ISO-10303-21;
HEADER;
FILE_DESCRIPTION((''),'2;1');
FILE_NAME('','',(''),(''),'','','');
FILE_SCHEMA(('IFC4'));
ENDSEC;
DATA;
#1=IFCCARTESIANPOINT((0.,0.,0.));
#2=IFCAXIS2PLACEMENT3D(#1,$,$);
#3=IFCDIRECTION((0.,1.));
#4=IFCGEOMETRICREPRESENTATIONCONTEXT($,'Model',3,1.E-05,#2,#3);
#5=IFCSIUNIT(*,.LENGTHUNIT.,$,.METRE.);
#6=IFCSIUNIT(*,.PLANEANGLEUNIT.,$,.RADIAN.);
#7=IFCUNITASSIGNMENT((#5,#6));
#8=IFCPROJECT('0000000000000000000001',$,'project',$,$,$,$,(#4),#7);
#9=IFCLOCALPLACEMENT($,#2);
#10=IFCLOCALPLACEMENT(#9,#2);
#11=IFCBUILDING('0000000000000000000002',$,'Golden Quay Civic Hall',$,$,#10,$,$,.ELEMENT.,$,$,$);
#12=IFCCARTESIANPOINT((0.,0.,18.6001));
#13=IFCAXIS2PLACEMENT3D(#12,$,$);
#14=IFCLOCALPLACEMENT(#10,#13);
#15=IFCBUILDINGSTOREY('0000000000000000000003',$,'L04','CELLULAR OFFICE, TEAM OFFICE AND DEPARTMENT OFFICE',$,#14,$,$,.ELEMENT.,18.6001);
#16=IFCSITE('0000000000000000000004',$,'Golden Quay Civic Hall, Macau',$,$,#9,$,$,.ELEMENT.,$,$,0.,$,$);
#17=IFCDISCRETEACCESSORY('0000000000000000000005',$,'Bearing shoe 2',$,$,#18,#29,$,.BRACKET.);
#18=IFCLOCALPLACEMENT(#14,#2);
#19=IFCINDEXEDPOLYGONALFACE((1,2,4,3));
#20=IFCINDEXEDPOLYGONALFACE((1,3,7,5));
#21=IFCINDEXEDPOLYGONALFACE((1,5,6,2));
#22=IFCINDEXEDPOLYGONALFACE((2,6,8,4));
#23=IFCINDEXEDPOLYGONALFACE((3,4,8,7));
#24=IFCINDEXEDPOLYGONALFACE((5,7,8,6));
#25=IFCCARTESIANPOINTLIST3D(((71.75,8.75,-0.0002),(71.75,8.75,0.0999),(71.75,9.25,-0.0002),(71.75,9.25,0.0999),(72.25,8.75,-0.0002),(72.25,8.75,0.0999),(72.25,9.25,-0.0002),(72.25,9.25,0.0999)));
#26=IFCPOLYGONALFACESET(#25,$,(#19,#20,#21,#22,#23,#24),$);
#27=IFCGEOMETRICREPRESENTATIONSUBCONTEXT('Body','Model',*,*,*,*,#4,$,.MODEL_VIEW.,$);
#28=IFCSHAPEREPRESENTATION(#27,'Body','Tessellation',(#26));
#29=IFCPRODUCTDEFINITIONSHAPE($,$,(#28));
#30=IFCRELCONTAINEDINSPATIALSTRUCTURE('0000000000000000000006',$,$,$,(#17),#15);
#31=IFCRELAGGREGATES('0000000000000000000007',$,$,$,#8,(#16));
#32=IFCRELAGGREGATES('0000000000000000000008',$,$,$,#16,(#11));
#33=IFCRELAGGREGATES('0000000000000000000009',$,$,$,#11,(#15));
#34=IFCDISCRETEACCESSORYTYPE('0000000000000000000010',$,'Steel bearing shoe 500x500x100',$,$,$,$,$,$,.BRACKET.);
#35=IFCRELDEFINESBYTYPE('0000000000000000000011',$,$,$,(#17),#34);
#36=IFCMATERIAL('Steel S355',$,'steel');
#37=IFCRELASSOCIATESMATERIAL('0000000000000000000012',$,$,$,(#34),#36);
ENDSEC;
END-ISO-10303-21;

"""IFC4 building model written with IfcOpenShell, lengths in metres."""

from ifc_helpers import new_model, si_unit, direction, frame, origin, origin_2d, place, context, subcontext, project, spatial, rectangle, extrude, material, type_object, element, save


model = new_model("IFC4")

# Units and contexts
model_context = context("Model", 3, precision=1e-05, world=origin(), true_north=direction((0.0, 1.0)))
body_context = subcontext(model_context, "Body", "Model", "MODEL_VIEW")
ifc_project = project(units=[si_unit("LENGTHUNIT", "METRE"), si_unit("PLANEANGLEUNIT", "RADIAN")], contexts=[model_context])

# Site, building, storey
site_placement = place(None, origin())
site = spatial("IfcSite", under=ifc_project, at=site_placement, Name="Golden Quay Civic Hall, Macau", CompositionType="ELEMENT", RefElevation=0.0)
building_placement = place(site_placement, origin())
building = spatial("IfcBuilding", under=site, at=building_placement, Name="Golden Quay Civic Hall", CompositionType="ELEMENT")
storey_placement = place(building_placement, frame((0.0, 0.0, 18.6001)))
storey = spatial("IfcBuildingStorey", under=building, at=storey_placement, Name="L04", Description="CELLULAR OFFICE, TEAM OFFICE AND DEPARTMENT OFFICE", CompositionType="ELEMENT", Elevation=18.6001)

# Discrete accessory
ifc_material_1 = material(Name="Steel S355", Category="steel")
discrete_accessory_type = type_object("IfcDiscreteAccessoryType", Name="Steel bearing shoe 500x500x100", PredefinedType="BRACKET", material=ifc_material_1)
discrete_accessory_placement = place(storey_placement, frame((72.0, 9.0, -0.0002), z_axis=(0.0, 0.0, 1.0), x_axis=(1.0, 0.0, 0.0)))
element("IfcDiscreteAccessory", 1, at=discrete_accessory_placement, inside=storey, type_object=discrete_accessory_type, Name="Bearing shoe 2", PredefinedType="BRACKET", context=body_context, shape_type="SweptSolid", body=[
    extrude(rectangle(XDim=0.5, YDim=0.5, at=origin_2d()), origin(), (0.0, 0.0, 1.0), 0.1001),
])

save(model, "model.ifc")
